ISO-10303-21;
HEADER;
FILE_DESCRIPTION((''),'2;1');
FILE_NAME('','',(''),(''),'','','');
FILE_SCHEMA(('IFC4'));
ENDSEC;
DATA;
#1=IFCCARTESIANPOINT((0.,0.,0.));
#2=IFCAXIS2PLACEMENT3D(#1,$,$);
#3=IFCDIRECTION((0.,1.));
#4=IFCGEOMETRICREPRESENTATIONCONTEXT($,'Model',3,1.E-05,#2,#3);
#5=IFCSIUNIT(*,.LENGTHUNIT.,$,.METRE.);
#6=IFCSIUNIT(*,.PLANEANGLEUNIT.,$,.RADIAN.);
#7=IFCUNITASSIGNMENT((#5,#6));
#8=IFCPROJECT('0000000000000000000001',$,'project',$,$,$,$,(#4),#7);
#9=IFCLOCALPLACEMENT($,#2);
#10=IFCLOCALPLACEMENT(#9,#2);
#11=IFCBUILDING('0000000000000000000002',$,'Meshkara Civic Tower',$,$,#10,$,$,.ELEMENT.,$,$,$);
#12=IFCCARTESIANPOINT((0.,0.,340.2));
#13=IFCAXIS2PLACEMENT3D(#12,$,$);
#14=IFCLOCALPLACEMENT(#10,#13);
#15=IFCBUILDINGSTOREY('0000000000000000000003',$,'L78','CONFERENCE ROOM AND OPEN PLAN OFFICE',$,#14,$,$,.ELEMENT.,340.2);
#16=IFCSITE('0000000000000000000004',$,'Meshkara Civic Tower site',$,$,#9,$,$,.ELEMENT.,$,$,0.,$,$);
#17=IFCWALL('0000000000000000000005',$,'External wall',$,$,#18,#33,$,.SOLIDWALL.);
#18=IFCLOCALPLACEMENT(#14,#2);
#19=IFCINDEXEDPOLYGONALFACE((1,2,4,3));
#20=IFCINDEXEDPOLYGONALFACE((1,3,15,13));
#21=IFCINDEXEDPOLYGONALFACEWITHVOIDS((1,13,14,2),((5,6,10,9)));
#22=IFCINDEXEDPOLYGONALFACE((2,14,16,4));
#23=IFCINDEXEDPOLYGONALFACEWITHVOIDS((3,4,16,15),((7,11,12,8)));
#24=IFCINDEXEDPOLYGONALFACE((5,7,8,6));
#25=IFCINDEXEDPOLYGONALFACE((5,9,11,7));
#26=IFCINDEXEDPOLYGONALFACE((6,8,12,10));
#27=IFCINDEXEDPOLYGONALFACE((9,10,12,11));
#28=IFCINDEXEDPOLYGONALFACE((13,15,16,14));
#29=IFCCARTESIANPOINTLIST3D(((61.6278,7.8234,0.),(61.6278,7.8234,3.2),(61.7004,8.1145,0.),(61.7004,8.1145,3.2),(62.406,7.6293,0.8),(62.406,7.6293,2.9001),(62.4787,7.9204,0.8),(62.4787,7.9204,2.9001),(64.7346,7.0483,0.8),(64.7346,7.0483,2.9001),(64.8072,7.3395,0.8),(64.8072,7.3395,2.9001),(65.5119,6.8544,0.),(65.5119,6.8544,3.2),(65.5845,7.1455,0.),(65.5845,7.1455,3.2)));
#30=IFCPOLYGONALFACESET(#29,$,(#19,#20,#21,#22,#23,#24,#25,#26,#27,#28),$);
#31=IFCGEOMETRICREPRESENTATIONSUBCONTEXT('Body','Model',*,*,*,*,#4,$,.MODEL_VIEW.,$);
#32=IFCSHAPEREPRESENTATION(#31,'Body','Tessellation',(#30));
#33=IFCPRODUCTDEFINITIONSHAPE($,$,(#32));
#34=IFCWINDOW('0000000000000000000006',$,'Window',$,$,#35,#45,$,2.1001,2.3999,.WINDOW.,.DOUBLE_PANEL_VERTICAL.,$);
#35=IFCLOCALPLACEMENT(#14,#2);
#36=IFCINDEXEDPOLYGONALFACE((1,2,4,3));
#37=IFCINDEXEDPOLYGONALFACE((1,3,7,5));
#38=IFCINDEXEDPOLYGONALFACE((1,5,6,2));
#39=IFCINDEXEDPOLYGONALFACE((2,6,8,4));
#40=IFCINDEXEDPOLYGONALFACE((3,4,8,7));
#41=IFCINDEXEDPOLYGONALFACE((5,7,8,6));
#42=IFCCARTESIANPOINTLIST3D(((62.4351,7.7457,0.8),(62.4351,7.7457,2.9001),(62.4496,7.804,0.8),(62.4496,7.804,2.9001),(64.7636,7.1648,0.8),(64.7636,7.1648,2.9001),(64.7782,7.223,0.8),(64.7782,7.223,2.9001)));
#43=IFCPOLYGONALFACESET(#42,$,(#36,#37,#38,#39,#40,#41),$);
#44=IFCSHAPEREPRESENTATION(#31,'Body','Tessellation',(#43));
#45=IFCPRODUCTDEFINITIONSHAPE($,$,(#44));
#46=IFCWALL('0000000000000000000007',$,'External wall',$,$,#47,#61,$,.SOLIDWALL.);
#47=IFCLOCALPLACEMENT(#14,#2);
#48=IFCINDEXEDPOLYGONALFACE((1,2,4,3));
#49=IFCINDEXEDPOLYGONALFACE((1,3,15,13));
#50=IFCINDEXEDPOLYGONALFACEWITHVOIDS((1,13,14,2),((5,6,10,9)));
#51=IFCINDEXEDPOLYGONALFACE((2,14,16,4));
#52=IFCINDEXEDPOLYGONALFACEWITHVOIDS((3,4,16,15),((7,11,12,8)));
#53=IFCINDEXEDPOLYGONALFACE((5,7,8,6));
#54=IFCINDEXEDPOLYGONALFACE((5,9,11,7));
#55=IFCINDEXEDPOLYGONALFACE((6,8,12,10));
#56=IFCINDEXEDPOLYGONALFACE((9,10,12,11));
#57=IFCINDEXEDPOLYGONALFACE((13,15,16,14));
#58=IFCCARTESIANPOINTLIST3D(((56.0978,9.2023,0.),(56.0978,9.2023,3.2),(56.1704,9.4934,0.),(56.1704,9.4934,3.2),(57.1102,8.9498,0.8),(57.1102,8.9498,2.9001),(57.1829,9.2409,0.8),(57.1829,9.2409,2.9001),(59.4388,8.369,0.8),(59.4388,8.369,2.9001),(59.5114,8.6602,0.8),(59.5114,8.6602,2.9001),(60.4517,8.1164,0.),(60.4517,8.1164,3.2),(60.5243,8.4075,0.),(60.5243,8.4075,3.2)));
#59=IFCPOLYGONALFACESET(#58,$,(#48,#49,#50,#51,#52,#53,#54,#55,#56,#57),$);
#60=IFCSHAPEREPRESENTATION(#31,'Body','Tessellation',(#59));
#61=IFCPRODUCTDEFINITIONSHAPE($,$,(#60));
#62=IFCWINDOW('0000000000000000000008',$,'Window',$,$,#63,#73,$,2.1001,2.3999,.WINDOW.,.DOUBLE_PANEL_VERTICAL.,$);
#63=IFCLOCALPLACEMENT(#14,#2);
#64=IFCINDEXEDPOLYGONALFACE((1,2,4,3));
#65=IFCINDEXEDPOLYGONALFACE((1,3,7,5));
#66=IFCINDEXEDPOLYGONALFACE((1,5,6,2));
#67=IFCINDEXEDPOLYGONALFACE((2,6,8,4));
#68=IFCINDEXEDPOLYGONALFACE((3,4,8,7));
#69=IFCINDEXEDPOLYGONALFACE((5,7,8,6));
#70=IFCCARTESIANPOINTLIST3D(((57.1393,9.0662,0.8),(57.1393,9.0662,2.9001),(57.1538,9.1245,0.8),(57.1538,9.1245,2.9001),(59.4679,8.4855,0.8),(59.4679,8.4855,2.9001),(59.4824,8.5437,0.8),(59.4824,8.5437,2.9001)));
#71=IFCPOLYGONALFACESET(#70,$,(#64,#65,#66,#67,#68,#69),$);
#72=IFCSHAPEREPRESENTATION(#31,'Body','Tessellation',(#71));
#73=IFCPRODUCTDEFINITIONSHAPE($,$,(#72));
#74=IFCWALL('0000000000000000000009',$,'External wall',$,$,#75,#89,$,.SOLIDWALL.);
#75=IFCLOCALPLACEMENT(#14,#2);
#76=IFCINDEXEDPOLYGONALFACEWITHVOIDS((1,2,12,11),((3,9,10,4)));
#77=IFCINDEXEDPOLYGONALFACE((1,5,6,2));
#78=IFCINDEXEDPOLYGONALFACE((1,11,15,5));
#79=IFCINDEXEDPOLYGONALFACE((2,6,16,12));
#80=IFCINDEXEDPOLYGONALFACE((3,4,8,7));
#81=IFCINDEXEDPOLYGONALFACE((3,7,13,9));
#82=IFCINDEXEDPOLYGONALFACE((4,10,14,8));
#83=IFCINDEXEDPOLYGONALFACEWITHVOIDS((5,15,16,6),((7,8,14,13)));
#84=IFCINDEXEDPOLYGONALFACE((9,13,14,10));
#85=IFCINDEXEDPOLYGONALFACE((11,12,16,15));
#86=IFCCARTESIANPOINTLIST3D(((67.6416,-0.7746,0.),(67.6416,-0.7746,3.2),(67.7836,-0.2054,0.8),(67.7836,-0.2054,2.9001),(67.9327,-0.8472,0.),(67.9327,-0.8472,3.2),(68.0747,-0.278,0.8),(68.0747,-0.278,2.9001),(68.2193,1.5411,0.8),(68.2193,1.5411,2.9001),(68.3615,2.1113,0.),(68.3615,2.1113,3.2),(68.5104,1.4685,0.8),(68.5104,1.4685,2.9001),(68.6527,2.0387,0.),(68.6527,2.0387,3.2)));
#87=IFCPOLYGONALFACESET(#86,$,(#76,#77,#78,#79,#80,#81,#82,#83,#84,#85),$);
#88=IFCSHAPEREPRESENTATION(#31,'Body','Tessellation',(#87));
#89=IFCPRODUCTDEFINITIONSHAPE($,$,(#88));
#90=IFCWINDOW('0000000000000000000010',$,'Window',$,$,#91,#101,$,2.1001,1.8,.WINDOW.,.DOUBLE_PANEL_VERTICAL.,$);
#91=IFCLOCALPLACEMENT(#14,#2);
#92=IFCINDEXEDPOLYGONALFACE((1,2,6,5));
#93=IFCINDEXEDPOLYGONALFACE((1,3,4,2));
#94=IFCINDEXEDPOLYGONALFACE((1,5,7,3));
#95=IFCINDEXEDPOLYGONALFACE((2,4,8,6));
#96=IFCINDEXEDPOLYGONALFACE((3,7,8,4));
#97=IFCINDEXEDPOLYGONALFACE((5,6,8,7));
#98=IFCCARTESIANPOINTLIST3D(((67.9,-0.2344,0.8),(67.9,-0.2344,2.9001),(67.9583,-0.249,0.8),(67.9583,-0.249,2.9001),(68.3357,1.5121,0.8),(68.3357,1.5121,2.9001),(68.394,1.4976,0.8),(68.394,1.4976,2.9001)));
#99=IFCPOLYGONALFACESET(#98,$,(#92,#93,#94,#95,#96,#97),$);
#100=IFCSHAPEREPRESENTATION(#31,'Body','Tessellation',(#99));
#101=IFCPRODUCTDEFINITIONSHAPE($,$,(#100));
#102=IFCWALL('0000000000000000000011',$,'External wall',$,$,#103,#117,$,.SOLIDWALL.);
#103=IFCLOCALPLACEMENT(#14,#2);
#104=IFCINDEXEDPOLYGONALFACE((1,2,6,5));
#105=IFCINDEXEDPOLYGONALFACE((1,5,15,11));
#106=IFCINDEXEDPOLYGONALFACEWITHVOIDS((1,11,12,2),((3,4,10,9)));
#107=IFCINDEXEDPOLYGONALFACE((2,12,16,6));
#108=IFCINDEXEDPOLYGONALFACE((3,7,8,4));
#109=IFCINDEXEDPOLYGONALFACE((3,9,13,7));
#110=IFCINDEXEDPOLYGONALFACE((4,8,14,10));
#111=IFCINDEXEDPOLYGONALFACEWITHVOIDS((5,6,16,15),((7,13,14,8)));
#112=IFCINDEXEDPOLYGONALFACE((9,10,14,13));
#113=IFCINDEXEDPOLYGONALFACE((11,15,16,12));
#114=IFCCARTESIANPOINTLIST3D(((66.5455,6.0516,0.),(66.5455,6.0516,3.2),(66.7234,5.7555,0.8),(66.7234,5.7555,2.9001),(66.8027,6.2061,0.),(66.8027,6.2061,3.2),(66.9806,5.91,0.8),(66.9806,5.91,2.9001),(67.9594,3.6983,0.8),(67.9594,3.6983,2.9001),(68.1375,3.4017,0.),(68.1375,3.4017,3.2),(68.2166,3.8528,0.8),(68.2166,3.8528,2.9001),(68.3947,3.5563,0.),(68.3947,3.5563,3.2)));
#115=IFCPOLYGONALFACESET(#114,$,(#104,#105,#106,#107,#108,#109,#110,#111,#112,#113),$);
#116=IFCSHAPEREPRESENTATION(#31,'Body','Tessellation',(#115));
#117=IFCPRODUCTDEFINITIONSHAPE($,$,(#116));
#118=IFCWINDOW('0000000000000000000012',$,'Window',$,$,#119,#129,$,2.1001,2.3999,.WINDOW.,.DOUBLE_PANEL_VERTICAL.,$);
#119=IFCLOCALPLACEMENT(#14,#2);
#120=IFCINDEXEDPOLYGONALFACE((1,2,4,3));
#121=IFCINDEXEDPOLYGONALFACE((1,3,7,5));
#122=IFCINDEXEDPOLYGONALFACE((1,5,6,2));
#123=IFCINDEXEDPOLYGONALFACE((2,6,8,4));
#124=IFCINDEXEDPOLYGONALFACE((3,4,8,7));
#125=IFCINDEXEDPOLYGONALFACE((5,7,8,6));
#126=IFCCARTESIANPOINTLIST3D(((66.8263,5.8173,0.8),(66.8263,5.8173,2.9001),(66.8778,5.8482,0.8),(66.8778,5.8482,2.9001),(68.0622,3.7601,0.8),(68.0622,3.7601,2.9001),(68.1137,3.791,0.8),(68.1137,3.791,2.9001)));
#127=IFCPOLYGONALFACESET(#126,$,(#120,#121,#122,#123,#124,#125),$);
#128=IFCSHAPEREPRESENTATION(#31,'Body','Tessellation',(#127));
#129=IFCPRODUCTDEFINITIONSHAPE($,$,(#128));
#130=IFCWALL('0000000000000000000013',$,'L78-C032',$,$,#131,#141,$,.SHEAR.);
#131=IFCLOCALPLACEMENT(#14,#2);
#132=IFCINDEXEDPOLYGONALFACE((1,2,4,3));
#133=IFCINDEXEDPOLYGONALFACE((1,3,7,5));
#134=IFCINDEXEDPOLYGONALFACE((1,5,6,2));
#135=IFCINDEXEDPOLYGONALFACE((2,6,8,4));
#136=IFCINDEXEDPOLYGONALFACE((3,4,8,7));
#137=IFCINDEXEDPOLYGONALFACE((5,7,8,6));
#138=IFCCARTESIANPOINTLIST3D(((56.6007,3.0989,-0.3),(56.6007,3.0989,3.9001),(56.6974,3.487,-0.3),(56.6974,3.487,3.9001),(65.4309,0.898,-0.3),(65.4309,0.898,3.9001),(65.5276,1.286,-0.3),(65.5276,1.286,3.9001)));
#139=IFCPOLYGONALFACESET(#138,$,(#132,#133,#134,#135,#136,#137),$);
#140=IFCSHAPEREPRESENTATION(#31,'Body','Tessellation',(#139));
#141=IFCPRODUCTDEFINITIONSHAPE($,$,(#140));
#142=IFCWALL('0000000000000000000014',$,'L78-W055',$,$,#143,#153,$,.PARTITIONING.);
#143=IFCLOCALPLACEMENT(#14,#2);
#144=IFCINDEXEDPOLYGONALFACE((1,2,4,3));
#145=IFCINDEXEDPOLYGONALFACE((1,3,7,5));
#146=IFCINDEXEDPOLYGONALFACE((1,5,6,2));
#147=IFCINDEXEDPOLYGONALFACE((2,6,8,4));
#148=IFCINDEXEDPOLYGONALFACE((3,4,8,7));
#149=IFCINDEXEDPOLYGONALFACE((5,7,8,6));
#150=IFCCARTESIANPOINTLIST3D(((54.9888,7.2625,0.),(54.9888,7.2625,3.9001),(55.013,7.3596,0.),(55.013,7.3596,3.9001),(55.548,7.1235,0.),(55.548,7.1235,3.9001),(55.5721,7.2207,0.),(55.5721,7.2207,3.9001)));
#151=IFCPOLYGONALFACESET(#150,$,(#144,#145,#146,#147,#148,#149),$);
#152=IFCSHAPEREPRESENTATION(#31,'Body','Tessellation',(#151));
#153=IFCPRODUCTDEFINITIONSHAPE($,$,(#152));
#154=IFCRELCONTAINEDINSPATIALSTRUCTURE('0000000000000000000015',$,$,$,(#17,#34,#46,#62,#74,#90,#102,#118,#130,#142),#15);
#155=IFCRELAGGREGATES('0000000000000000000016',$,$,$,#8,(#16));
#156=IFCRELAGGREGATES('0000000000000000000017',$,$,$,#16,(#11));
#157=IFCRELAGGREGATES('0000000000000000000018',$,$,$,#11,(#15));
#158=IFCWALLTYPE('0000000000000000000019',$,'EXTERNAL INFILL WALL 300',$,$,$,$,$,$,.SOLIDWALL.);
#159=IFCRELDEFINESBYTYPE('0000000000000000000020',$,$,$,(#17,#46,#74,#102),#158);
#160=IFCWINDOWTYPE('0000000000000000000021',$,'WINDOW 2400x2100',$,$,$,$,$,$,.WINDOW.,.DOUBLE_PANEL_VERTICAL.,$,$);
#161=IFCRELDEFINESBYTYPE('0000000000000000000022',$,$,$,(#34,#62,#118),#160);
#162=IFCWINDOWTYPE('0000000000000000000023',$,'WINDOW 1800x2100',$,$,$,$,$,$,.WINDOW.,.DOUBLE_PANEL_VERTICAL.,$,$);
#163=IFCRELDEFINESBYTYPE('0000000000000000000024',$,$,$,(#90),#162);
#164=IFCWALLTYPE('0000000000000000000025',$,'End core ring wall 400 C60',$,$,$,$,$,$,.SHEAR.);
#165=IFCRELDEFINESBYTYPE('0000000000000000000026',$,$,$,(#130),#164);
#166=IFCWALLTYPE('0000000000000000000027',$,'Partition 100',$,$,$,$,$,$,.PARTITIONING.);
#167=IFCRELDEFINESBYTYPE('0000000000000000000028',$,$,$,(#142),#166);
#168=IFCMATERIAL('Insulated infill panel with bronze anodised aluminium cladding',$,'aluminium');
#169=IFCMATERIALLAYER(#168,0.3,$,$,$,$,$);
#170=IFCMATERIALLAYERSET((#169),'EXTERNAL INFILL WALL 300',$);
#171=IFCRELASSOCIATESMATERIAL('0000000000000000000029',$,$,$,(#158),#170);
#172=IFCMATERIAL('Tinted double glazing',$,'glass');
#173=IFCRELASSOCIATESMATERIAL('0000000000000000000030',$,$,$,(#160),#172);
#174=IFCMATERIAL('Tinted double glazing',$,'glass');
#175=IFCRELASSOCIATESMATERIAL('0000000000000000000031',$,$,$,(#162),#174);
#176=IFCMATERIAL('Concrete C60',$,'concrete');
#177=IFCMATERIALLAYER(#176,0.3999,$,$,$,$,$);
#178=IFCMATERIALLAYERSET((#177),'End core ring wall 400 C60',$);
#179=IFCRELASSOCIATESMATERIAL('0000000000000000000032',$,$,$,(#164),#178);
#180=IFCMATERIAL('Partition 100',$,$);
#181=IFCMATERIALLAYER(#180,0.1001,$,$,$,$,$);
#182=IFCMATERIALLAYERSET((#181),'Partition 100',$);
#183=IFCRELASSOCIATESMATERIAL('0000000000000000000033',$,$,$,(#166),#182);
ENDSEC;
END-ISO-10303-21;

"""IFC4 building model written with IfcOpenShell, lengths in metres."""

from ifc_helpers import new_model, si_unit, direction, frame, frame_2d, origin, place, context, subcontext, project, spatial, rectangle, extrude, material, layer, layer_set, type_object, element, fill, save


model = new_model("IFC4")

# Units and contexts
model_context = context("Model", 3, precision=1e-05, world=origin(), true_north=direction((0.0, 1.0)))
body_context = subcontext(model_context, "Body", "Model", "MODEL_VIEW")
ifc_project = project(units=[si_unit("LENGTHUNIT", "METRE"), si_unit("PLANEANGLEUNIT", "RADIAN")], contexts=[model_context])

# Site, building, storey
site_placement = place(None, origin())
site = spatial("IfcSite", under=ifc_project, at=site_placement, Name="Meshkara Civic Tower site", CompositionType="ELEMENT", RefElevation=0.0)
building_placement = place(site_placement, origin())
building = spatial("IfcBuilding", under=site, at=building_placement, Name="Meshkara Civic Tower", CompositionType="ELEMENT")
storey_placement = place(building_placement, frame((0.0, 0.0, 340.2)))
storey = spatial("IfcBuildingStorey", under=building, at=storey_placement, Name="L78", Description="CONFERENCE ROOM AND OPEN PLAN OFFICE", CompositionType="ELEMENT", Elevation=340.2)

# Walls, openings, windows
ifc_material_1 = material(Name="Insulated infill panel with bronze anodised aluminium cladding", Category="aluminium")
ifc_layer_1 = layer(ifc_material_1, 0.3)
ifc_layer_set_1 = layer_set([ifc_layer_1], Name="EXTERNAL INFILL WALL 300")
wall_type_1 = type_object("IfcWallType", Name="EXTERNAL INFILL WALL 300", PredefinedType="SOLIDWALL", material=ifc_layer_set_1)
wall_1_placement = place(storey_placement, frame((65.5481, 7.0, 0.0), z_axis=(0.0, 0.0, 1.0), x_axis=(-0.970261, 0.242062, 0.0)))
wall_1 = element("IfcWall", 1, at=wall_1_placement, inside=storey, type_object=wall_type_1, Name="External wall", PredefinedType="SOLIDWALL", context=body_context, shape_type="SweptSolid", body=[
    extrude(rectangle(XDim=4.0032, YDim=0.3, at=frame_2d((2.0015, 0.0))), origin(), (0.0, 0.0, 1.0), 3.2),
])
opening_1_placement = place(wall_1_placement, frame((0.801, 0.0, 0.8)))
opening_1 = element("IfcOpeningElement", 2, at=opening_1_placement, cuts=wall_1, PredefinedType="OPENING", context=body_context, shape_type="SweptSolid", body=[
    extrude(rectangle(XDim=2.3999, YDim=2.1001, at=frame_2d((1.2, 1.05))), frame((0.0, 0.1599, 0.0), z_axis=(0.0, -1.0, 0.0), x_axis=(1.0, 0.0, 0.0)), (0.0, 0.0, 1.0), 0.3201),
])
ifc_material_2 = material(Name="Tinted double glazing", Category="glass")
window_type_1 = type_object("IfcWindowType", Name="WINDOW 2400x2100", PartitioningType="DOUBLE_PANEL_VERTICAL", PredefinedType="WINDOW", material=ifc_material_2)
window_1_placement = place(opening_1_placement, origin())
window_1 = element("IfcWindow", 3, at=window_1_placement, inside=storey, type_object=window_type_1, Name="Window", OverallHeight=2.1001, OverallWidth=2.3999, PartitioningType="DOUBLE_PANEL_VERTICAL", PredefinedType="WINDOW", context=body_context, shape_type="SweptSolid", body=[
    extrude(rectangle(XDim=2.3999, YDim=2.1001, at=frame_2d((1.2, 1.05))), frame((0.0, 0.03, 0.0), z_axis=(0.0, -1.0, 0.0), x_axis=(1.0, 0.0, 0.0)), (0.0, 0.0, 1.0), 0.0601),
])
fill(opening_1, window_1)
wall_2_placement = place(storey_placement, frame((60.488, 8.262, 0.0), z_axis=(0.0, 0.0, 1.0), x_axis=(-0.970277, 0.241998, 0.0)))
wall_2 = element("IfcWall", 4, at=wall_2_placement, inside=storey, type_object=wall_type_1, Name="External wall", PredefinedType="SOLIDWALL", context=body_context, shape_type="SweptSolid", body=[
    extrude(rectangle(XDim=4.4873, YDim=0.3, at=frame_2d((2.2437, 0.0))), origin(), (0.0, 0.0, 1.0), 3.2),
])
opening_2_placement = place(wall_2_placement, frame((1.0439, 0.0, 0.8)))
opening_2 = element("IfcOpeningElement", 5, at=opening_2_placement, cuts=wall_2, PredefinedType="OPENING", context=body_context, shape_type="SweptSolid", body=[
    extrude(rectangle(XDim=2.3999, YDim=2.1001, at=frame_2d((1.2, 1.05))), frame((0.0, 0.1599, 0.0), z_axis=(0.0, -1.0, 0.0), x_axis=(1.0, 0.0, 0.0)), (0.0, 0.0, 1.0), 0.3201),
])
window_2_placement = place(opening_2_placement, origin())
window_2 = element("IfcWindow", 6, at=window_2_placement, inside=storey, type_object=window_type_1, Name="Window", OverallHeight=2.1001, OverallWidth=2.3999, PartitioningType="DOUBLE_PANEL_VERTICAL", PredefinedType="WINDOW", context=body_context, shape_type="SweptSolid", body=[
    extrude(rectangle(XDim=2.3999, YDim=2.1001, at=frame_2d((1.2, 1.05))), frame((0.0, 0.03, 0.0), z_axis=(0.0, -1.0, 0.0), x_axis=(1.0, 0.0, 0.0)), (0.0, 0.0, 1.0), 0.0601),
])
fill(opening_2, window_2)
wall_3_placement = place(storey_placement, frame((67.7871, -0.811, 0.0), z_axis=(0.0, 0.0, 1.0), x_axis=(0.242053, 0.970263, 0.0)))
wall_3 = element("IfcWall", 7, at=wall_3_placement, inside=storey, type_object=wall_type_1, Name="External wall", PredefinedType="SOLIDWALL", context=body_context, shape_type="SweptSolid", body=[
    extrude(rectangle(XDim=2.9744, YDim=0.3, at=frame_2d((1.4873, 0.0))), origin(), (0.0, 0.0, 1.0), 3.2),
])
opening_3_placement = place(wall_3_placement, frame((0.5869, 0.0, 0.8)))
opening_3 = element("IfcOpeningElement", 8, at=opening_3_placement, cuts=wall_3, PredefinedType="OPENING", context=body_context, shape_type="SweptSolid", body=[
    extrude(rectangle(XDim=1.8, YDim=2.1001, at=frame_2d((0.8999, 1.05))), frame((0.0, 0.1599, 0.0), z_axis=(0.0, -1.0, 0.0), x_axis=(1.0, 0.0, 0.0)), (0.0, 0.0, 1.0), 0.3201),
])
ifc_material_3 = material(Name="Tinted double glazing", Category="glass")
window_type_2 = type_object("IfcWindowType", Name="WINDOW 1800x2100", PartitioningType="DOUBLE_PANEL_VERTICAL", PredefinedType="WINDOW", material=ifc_material_3)
window_3_placement = place(opening_3_placement, origin())
window_3 = element("IfcWindow", 9, at=window_3_placement, inside=storey, type_object=window_type_2, Name="Window", OverallHeight=2.1001, OverallWidth=1.8, PartitioningType="DOUBLE_PANEL_VERTICAL", PredefinedType="WINDOW", context=body_context, shape_type="SweptSolid", body=[
    extrude(rectangle(XDim=1.8, YDim=2.1001, at=frame_2d((0.8999, 1.05))), frame((0.0, 0.03, 0.0), z_axis=(0.0, -1.0, 0.0), x_axis=(1.0, 0.0, 0.0)), (0.0, 0.0, 1.0), 0.0601),
])
fill(opening_3, window_3)
wall_4_placement = place(storey_placement, frame((68.2661, 3.479, 0.0), z_axis=(0.0, 0.0, 1.0), x_axis=(-0.514995, 0.857193, 0.0)))
wall_4 = element("IfcWall", 10, at=wall_4_placement, inside=storey, type_object=wall_type_1, Name="External wall", PredefinedType="SOLIDWALL", context=body_context, shape_type="SweptSolid", body=[
    extrude(rectangle(XDim=3.0913, YDim=0.3, at=frame_2d((1.5457, 0.0))), origin(), (0.0, 0.0, 1.0), 3.2),
])
opening_4_placement = place(wall_4_placement, frame((0.3459, 0.0, 0.8)))
opening_4 = element("IfcOpeningElement", 11, at=opening_4_placement, cuts=wall_4, PredefinedType="OPENING", context=body_context, shape_type="SweptSolid", body=[
    extrude(rectangle(XDim=2.3999, YDim=2.1001, at=frame_2d((1.2, 1.05))), frame((0.0, 0.1599, 0.0), z_axis=(0.0, -1.0, 0.0), x_axis=(1.0, 0.0, 0.0)), (0.0, 0.0, 1.0), 0.3201),
])
window_4_placement = place(opening_4_placement, origin())
window_4 = element("IfcWindow", 12, at=window_4_placement, inside=storey, type_object=window_type_1, Name="Window", OverallHeight=2.1001, OverallWidth=2.3999, PartitioningType="DOUBLE_PANEL_VERTICAL", PredefinedType="WINDOW", context=body_context, shape_type="SweptSolid", body=[
    extrude(rectangle(XDim=2.3999, YDim=2.1001, at=frame_2d((1.2, 1.05))), frame((0.0, 0.03, 0.0), z_axis=(0.0, -1.0, 0.0), x_axis=(1.0, 0.0, 0.0)), (0.0, 0.0, 1.0), 0.0601),
])
fill(opening_4, window_4)

# Walls
ifc_material_4 = material(Name="Concrete C60", Category="concrete")
ifc_layer_2 = layer(ifc_material_4, 0.3999)
ifc_layer_set_2 = layer_set([ifc_layer_2], Name="End core ring wall 400 C60")
wall_type_2 = type_object("IfcWallType", Name="End core ring wall 400 C60", PredefinedType="SHEAR", material=ifc_layer_set_2)
wall_5_placement = place(storey_placement, frame((56.6489, 3.293, -0.3), z_axis=(0.0, 0.0, 1.0), x_axis=(0.970313, -0.241854, 0.0)))
element("IfcWall", 13, at=wall_5_placement, inside=storey, type_object=wall_type_2, Name="L78-C032", PredefinedType="SHEAR", context=body_context, shape_type="SweptSolid", body=[
    extrude(rectangle(XDim=9.1003, YDim=0.3999, at=frame_2d((4.5503, 0.0))), origin(), (0.0, 0.0, 1.0), 4.2002),
])
ifc_material_5 = material(Name="Partition 100")
ifc_layer_3 = layer(ifc_material_5, 0.1001)
ifc_layer_set_3 = layer_set([ifc_layer_3], Name="Partition 100")
wall_type_3 = type_object("IfcWallType", Name="Partition 100", PredefinedType="PARTITIONING", material=ifc_layer_set_3)
wall_6_placement = place(storey_placement, frame((55.5601, 7.1721, 0.0), z_axis=(0.0, 0.0, 1.0), x_axis=(-0.970491, 0.241139, 0.0)))
element("IfcWall", 14, at=wall_6_placement, inside=storey, type_object=wall_type_3, Name="L78-W055", PredefinedType="PARTITIONING", context=body_context, shape_type="SweptSolid", body=[
    extrude(rectangle(XDim=0.5762, YDim=0.1001, at=frame_2d((0.2881, 0.0))), origin(), (0.0, 0.0, 1.0), 3.9001),
])

save(model, "model.ifc")
